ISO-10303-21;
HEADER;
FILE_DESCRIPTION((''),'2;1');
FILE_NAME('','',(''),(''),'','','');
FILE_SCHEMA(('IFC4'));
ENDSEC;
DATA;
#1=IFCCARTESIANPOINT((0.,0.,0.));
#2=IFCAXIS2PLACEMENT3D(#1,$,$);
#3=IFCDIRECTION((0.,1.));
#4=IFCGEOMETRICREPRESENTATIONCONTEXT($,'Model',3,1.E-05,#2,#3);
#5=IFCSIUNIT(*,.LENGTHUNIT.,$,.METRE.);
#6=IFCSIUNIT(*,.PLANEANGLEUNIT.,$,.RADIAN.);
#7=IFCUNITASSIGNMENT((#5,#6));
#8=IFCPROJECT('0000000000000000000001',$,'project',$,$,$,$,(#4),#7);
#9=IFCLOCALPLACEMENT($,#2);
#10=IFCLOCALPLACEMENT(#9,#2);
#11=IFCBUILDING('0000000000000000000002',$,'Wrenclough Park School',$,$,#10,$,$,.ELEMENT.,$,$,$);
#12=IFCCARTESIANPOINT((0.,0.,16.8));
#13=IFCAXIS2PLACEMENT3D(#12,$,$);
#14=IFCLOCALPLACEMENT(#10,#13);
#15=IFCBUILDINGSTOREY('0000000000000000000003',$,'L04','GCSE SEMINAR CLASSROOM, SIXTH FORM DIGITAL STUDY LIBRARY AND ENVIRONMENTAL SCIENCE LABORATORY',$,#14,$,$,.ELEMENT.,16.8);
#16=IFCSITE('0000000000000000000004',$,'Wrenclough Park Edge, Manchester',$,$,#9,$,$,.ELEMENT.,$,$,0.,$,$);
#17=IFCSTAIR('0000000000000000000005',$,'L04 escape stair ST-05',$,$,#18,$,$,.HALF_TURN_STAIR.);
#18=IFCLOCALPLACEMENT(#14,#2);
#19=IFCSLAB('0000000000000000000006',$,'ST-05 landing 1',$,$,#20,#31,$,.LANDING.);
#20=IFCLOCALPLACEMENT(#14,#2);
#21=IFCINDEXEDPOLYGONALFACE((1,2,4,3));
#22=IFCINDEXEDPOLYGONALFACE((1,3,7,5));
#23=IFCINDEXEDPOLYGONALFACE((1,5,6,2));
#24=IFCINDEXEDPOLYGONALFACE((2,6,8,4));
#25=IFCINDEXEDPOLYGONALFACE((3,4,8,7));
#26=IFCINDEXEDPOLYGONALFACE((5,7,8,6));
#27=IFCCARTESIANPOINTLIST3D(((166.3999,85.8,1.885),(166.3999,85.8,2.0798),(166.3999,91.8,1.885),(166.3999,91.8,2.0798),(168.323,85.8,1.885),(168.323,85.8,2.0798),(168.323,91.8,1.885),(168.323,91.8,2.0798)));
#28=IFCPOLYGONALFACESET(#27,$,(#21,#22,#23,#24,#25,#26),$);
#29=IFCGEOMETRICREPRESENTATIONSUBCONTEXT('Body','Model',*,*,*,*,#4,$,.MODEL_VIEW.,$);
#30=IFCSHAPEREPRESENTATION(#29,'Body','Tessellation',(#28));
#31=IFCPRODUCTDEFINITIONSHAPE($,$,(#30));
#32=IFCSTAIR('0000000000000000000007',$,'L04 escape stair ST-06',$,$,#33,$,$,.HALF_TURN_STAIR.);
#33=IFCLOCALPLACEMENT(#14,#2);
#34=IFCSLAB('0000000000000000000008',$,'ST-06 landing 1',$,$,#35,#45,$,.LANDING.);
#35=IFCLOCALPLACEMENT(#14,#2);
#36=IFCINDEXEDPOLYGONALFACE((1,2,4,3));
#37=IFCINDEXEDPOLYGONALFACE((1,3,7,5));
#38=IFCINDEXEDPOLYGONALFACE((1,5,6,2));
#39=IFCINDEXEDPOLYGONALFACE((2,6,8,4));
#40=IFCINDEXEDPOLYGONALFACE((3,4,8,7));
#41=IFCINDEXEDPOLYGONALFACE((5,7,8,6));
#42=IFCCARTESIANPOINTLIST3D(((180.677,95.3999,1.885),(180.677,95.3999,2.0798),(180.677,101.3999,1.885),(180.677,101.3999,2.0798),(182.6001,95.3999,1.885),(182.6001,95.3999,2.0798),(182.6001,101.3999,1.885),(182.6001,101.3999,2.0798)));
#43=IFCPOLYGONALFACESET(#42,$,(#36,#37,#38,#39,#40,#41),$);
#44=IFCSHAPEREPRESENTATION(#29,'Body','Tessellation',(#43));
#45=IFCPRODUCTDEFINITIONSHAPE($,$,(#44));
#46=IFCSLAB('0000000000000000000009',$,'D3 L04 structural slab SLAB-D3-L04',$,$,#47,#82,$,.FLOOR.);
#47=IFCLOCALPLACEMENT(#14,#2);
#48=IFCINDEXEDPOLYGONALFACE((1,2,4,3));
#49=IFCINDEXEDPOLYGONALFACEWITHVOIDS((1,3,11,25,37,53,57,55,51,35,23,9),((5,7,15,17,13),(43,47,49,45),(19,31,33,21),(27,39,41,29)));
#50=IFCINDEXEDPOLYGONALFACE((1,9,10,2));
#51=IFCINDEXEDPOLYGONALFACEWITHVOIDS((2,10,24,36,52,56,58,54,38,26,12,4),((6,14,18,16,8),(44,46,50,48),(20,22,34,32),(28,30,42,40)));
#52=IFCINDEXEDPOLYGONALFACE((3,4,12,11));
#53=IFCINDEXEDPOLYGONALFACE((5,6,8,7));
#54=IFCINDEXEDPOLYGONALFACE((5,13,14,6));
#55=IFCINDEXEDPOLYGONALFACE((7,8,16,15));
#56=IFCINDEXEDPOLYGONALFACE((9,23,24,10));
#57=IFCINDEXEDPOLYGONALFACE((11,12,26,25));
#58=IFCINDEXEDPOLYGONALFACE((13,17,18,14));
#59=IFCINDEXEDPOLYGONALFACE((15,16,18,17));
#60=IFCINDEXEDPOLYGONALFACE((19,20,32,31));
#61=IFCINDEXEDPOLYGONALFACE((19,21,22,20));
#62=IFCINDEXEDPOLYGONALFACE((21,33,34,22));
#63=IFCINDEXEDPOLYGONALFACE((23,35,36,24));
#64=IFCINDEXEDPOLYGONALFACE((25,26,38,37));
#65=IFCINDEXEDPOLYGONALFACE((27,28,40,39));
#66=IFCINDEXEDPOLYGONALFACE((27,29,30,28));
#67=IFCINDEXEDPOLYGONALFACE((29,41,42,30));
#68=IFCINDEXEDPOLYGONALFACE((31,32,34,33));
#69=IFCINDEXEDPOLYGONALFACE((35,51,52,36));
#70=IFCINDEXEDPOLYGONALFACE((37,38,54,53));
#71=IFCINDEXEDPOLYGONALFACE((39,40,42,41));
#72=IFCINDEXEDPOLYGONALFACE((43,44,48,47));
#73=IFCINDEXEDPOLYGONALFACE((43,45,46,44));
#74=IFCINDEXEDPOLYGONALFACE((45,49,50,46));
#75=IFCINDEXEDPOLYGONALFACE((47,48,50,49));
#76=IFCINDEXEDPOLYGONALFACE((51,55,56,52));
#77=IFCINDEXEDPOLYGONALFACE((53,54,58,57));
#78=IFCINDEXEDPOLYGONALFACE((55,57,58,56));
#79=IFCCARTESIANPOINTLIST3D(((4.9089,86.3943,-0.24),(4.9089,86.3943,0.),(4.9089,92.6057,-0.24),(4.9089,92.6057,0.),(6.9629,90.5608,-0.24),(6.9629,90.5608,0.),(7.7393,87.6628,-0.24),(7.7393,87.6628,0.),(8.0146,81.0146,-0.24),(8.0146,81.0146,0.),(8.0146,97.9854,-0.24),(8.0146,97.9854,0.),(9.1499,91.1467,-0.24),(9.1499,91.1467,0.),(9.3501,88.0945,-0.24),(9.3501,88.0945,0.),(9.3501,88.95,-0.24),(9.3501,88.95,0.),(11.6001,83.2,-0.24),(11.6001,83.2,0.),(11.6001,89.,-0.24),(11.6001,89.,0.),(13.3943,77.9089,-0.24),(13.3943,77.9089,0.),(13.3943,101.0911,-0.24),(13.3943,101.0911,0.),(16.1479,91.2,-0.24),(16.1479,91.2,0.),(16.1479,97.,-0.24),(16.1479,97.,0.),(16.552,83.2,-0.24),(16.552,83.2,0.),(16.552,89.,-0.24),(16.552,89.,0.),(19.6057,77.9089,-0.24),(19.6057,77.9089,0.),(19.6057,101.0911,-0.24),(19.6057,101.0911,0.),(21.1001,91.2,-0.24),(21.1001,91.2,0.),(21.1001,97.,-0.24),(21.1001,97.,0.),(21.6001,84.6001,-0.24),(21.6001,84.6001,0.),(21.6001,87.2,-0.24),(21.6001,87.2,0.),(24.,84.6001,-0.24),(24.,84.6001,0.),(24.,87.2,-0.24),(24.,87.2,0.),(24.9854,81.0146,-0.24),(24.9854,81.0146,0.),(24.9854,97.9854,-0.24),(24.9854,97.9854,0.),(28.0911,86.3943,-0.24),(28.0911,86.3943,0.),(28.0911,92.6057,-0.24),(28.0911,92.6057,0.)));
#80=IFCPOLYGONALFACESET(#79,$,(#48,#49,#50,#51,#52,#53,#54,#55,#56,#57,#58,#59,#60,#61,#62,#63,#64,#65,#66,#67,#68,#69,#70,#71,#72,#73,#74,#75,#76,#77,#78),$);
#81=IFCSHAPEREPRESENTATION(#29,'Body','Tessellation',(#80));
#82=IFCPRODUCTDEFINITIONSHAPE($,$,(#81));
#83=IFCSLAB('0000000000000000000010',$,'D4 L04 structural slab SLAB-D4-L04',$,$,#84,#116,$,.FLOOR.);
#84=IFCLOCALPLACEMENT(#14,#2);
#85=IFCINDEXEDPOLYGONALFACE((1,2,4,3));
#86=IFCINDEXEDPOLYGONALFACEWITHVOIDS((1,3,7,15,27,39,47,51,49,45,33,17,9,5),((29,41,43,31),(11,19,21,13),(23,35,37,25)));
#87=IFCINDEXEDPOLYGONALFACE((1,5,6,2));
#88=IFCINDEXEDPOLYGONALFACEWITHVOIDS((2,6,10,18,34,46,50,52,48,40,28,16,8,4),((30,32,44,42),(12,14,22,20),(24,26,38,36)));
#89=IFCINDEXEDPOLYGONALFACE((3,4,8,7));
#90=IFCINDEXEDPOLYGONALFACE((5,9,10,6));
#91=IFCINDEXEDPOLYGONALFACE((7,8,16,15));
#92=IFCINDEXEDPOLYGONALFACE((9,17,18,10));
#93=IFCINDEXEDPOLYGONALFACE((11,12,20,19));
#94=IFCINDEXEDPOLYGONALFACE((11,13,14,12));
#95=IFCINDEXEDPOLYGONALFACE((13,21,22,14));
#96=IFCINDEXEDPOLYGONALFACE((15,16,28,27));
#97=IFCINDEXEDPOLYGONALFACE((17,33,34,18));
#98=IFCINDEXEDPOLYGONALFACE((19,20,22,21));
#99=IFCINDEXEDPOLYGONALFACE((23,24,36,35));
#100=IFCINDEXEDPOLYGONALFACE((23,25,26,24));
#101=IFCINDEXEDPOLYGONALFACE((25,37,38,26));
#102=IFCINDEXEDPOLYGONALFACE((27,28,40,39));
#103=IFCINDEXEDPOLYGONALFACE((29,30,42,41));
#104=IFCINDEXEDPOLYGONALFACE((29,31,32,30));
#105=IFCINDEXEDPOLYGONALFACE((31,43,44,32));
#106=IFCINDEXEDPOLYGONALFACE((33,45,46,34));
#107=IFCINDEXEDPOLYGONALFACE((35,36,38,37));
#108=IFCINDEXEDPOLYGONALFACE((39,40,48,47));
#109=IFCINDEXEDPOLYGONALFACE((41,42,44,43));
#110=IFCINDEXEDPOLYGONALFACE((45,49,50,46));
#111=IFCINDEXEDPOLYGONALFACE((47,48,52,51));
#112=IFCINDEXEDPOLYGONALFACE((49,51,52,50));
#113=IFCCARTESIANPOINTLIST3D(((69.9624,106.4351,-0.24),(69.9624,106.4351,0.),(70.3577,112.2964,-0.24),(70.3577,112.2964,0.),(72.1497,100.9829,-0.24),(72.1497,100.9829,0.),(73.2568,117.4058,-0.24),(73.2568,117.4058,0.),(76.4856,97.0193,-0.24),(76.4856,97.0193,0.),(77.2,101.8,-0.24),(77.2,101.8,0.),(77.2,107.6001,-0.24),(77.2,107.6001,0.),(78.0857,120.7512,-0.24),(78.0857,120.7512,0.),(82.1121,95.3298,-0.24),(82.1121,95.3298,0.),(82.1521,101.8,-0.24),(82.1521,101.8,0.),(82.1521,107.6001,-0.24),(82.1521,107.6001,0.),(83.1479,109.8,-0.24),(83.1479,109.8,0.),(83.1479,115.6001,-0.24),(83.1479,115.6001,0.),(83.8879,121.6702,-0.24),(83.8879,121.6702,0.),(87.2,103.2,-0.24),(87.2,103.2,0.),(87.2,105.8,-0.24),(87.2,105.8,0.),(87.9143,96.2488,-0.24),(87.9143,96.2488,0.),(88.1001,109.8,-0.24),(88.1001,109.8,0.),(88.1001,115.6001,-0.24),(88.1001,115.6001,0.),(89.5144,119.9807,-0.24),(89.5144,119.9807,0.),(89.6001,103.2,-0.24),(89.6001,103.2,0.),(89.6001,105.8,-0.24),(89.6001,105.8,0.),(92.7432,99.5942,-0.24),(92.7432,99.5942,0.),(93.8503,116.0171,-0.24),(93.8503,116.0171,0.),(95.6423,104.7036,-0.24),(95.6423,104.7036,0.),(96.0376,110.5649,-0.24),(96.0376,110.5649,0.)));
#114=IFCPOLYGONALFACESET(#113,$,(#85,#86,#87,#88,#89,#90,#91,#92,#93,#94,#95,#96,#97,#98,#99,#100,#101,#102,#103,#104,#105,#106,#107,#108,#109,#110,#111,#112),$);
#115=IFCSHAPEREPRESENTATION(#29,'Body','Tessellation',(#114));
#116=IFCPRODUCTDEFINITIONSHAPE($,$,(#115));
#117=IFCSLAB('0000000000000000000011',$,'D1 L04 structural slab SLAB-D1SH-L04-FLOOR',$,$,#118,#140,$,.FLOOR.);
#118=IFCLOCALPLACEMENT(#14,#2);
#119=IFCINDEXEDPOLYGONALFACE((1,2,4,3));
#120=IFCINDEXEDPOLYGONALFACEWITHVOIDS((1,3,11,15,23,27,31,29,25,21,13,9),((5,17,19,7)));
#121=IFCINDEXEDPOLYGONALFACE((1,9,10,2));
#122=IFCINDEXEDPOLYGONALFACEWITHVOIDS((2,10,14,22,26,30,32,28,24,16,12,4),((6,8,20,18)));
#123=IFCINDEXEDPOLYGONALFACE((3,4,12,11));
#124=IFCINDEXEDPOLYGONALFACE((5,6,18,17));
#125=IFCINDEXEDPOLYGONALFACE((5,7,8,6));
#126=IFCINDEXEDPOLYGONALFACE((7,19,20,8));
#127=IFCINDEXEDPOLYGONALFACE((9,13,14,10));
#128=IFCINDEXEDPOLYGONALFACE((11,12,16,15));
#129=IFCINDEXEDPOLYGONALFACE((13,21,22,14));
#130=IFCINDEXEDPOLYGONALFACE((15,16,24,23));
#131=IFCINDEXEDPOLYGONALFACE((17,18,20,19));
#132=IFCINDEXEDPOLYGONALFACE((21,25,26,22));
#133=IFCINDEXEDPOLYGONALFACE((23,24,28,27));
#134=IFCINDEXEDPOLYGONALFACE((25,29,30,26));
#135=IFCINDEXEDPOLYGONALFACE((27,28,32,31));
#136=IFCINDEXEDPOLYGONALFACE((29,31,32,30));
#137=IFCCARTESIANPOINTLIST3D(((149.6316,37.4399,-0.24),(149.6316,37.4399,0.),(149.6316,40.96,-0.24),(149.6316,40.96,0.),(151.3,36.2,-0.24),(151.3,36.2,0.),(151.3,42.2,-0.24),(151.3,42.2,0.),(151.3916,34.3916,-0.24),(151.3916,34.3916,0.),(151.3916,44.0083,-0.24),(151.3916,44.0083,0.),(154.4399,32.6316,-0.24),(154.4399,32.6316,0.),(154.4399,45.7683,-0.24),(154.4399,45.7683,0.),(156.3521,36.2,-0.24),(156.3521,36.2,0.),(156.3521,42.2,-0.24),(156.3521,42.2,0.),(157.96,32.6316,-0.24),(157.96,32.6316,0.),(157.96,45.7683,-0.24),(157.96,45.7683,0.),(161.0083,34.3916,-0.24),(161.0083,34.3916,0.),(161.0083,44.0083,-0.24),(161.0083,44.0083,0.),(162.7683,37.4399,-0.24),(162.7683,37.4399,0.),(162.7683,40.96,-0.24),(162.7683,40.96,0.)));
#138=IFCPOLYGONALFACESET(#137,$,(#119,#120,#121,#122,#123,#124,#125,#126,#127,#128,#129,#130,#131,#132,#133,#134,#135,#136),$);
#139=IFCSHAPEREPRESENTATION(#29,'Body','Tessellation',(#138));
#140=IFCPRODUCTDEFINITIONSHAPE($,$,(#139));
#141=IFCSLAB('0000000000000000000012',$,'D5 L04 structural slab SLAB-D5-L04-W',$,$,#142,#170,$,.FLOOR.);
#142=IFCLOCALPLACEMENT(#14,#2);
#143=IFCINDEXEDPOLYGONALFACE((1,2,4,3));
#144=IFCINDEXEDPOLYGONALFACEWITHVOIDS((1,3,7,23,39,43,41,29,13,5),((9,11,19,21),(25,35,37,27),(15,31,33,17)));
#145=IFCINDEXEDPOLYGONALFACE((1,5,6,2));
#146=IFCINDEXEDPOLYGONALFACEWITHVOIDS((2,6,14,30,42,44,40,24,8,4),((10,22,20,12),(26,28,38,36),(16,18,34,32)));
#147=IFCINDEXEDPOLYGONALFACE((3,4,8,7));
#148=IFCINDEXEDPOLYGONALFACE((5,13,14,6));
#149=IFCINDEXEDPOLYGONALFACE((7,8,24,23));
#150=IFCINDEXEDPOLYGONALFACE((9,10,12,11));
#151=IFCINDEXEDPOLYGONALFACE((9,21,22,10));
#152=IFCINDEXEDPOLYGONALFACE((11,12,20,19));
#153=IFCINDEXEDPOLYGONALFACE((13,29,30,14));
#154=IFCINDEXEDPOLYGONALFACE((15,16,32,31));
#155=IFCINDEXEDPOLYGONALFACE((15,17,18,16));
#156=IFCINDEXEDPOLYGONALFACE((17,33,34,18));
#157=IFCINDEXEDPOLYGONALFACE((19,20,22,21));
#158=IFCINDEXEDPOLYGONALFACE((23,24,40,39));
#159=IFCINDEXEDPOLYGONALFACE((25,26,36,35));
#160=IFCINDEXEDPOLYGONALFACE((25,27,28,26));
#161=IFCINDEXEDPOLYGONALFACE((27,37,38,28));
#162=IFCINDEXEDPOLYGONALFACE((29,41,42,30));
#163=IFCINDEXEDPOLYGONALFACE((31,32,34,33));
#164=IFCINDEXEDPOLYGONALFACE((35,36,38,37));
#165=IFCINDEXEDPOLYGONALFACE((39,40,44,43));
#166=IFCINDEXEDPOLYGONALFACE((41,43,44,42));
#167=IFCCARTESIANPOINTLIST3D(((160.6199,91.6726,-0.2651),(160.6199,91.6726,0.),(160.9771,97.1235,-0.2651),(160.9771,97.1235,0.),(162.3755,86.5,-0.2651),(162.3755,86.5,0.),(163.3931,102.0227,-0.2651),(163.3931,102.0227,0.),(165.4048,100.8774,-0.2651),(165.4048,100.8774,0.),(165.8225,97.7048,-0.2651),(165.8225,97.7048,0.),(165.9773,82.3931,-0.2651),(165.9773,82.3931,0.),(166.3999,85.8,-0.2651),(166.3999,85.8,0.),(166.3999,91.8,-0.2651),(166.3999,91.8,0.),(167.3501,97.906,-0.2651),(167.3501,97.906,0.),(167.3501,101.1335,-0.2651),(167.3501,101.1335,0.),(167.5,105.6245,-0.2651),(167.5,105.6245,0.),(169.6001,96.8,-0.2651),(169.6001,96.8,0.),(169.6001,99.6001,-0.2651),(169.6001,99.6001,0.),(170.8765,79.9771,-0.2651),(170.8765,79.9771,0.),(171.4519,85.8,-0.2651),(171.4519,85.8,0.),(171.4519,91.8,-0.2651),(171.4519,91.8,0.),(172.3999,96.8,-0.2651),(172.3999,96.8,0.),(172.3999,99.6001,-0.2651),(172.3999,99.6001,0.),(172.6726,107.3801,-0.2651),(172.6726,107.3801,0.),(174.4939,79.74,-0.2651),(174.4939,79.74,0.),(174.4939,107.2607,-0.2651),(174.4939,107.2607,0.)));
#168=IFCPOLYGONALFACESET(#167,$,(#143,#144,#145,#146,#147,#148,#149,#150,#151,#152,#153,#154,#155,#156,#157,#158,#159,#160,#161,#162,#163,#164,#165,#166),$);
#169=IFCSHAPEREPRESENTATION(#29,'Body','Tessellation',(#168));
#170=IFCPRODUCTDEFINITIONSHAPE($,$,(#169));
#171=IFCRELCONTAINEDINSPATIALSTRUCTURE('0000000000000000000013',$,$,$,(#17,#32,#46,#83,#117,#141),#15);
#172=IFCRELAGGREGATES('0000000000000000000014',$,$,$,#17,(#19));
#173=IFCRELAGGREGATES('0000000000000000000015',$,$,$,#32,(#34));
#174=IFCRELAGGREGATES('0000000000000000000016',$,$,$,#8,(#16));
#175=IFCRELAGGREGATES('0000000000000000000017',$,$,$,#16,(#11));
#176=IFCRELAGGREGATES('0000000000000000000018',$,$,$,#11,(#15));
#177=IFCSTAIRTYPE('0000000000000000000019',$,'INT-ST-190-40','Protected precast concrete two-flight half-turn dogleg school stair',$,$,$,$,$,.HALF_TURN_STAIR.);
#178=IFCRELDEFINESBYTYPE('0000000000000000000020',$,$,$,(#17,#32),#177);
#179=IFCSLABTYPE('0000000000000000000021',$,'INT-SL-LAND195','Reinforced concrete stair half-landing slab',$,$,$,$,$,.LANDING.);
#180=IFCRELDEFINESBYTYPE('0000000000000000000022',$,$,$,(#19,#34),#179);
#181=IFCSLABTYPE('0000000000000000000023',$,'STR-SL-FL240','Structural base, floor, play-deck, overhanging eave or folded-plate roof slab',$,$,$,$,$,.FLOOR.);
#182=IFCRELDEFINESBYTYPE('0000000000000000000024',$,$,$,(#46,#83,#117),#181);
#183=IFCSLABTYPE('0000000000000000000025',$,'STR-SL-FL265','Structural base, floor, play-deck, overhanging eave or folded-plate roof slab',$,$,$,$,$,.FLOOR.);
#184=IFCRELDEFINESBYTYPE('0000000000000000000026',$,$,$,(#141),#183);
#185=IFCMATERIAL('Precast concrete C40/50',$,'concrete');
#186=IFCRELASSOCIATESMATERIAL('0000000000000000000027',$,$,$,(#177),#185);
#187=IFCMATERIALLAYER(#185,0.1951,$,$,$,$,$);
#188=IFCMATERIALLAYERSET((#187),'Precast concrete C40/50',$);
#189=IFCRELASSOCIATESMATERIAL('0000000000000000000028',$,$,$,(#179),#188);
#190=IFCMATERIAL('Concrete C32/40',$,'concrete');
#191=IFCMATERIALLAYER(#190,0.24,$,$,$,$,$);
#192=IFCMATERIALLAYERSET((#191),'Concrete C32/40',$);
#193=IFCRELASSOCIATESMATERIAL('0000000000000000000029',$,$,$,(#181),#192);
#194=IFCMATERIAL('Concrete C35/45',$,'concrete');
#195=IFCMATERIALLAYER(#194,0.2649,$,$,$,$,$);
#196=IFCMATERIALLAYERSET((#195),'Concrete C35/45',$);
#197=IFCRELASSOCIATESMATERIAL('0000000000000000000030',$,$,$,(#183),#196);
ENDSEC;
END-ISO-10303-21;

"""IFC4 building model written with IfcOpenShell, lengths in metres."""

from ifc_helpers import new_model, si_unit, direction, frame, origin, place, context, subcontext, project, spatial, polyline, outline, extrude, material, layer, layer_set, type_object, element, aggregate, save


model = new_model("IFC4")

# Units and contexts
model_context = context("Model", 3, precision=1e-05, world=origin(), true_north=direction((0.0, 1.0)))
body_context = subcontext(model_context, "Body", "Model", "MODEL_VIEW")
ifc_project = project(units=[si_unit("LENGTHUNIT", "METRE"), si_unit("PLANEANGLEUNIT", "RADIAN")], contexts=[model_context])

# Site, building, storey
site_placement = place(None, origin())
site = spatial("IfcSite", under=ifc_project, at=site_placement, Name="Wrenclough Park Edge, Manchester", CompositionType="ELEMENT", RefElevation=0.0)
building_placement = place(site_placement, origin())
building = spatial("IfcBuilding", under=site, at=building_placement, Name="Wrenclough Park School", CompositionType="ELEMENT")
storey_placement = place(building_placement, frame((0.0, 0.0, 16.8)))
storey = spatial("IfcBuildingStorey", under=building, at=storey_placement, Name="L04", Description="GCSE SEMINAR CLASSROOM, SIXTH FORM DIGITAL STUDY LIBRARY AND ENVIRONMENTAL SCIENCE LABORATORY", CompositionType="ELEMENT", Elevation=16.8)

# Stairs, slabs
ifc_material_1 = material(Name="Precast concrete C40/50", Category="concrete")
stair_type = type_object("IfcStairType", Name="INT-ST-190-40", Description="Protected precast concrete two-flight half-turn dogleg school stair", PredefinedType="HALF_TURN_STAIR", material=ifc_material_1)
stair_1_placement = place(storey_placement, origin())
stair_1 = element("IfcStair", 1, at=stair_1_placement, inside=storey, type_object=stair_type, Name="L04 escape stair ST-05", PredefinedType="HALF_TURN_STAIR")
ifc_layer_1 = layer(ifc_material_1, 0.1951)
ifc_layer_set_1 = layer_set([ifc_layer_1], Name="Precast concrete C40/50")
slab_type_1 = type_object("IfcSlabType", Name="INT-SL-LAND195", Description="Reinforced concrete stair half-landing slab", PredefinedType="LANDING", material=ifc_layer_set_1)
slab_1_placement = place(storey_placement, frame((0.0, 0.0, 1.885)))
slab_1 = element("IfcSlab", 2, at=slab_1_placement, type_object=slab_type_1, Name="ST-05 landing 1", PredefinedType="LANDING", context=body_context, shape_type="SweptSolid", body=[
    extrude(outline(polyline([(166.3999, 85.8), (168.323, 85.8), (168.323, 91.8), (166.3999, 91.8), (166.3999, 85.8)])), origin(), (0.0, 0.0, 1.0), 0.1948),
])
aggregate(stair_1, [slab_1])
stair_2_placement = place(storey_placement, origin())
stair_2 = element("IfcStair", 3, at=stair_2_placement, inside=storey, type_object=stair_type, Name="L04 escape stair ST-06", PredefinedType="HALF_TURN_STAIR")
slab_2_placement = place(storey_placement, frame((0.0, 0.0, 1.885)))
slab_2 = element("IfcSlab", 4, at=slab_2_placement, type_object=slab_type_1, Name="ST-06 landing 1", PredefinedType="LANDING", context=body_context, shape_type="SweptSolid", body=[
    extrude(outline(polyline([(180.677, 95.3999), (182.6001, 95.3999), (182.6001, 101.3999), (180.677, 101.3999), (180.677, 95.3999)])), origin(), (0.0, 0.0, 1.0), 0.1948),
])
aggregate(stair_2, [slab_2])

# Slabs
ifc_material_2 = material(Name="Concrete C32/40", Category="concrete")
ifc_layer_2 = layer(ifc_material_2, 0.24)
ifc_layer_set_2 = layer_set([ifc_layer_2], Name="Concrete C32/40")
slab_type_2 = type_object("IfcSlabType", Name="STR-SL-FL240", Description="Structural base, floor, play-deck, overhanging eave or folded-plate roof slab", PredefinedType="FLOOR", material=ifc_layer_set_2)
slab_3_placement = place(storey_placement, frame((0.0, 0.0, -0.24)))
element("IfcSlab", 5, at=slab_3_placement, inside=storey, type_object=slab_type_2, Name="D3 L04 structural slab SLAB-D3-L04", PredefinedType="FLOOR", context=body_context, shape_type="SweptSolid", body=[
    extrude(outline(polyline([(28.0911, 92.6057), (24.9854, 97.9854), (19.6057, 101.0911), (13.3943, 101.0911), (8.0146, 97.9854), (4.9089, 92.6057), (4.9089, 86.3943), (8.0146, 81.0146), (13.3943, 77.9089), (19.6057, 77.9089), (24.9854, 81.0146), (28.0911, 86.3943), (28.0911, 92.6057)]), holes=[polyline([(7.7393, 87.6628), (9.3501, 88.0945), (9.3501, 88.95), (9.1499, 91.1467), (6.9629, 90.5608), (7.7393, 87.6628)]), polyline([(11.6001, 83.2), (16.552, 83.2), (16.552, 89.0), (11.6001, 89.0), (11.6001, 83.2)]), polyline([(21.6001, 84.6001), (24.0, 84.6001), (24.0, 87.2), (21.6001, 87.2), (21.6001, 84.6001)]), polyline([(16.1479, 91.2), (21.1001, 91.2), (21.1001, 97.0), (16.1479, 97.0), (16.1479, 91.2)])]), origin(), (0.0, 0.0, 1.0), 0.24),
])
slab_4_placement = place(storey_placement, frame((0.0, 0.0, -0.24)))
element("IfcSlab", 6, at=slab_4_placement, inside=storey, type_object=slab_type_2, Name="D4 L04 structural slab SLAB-D4-L04", PredefinedType="FLOOR", context=body_context, shape_type="SweptSolid", body=[
    extrude(outline(polyline([(96.0376, 110.5649), (93.8503, 116.0171), (89.5144, 119.9807), (83.8879, 121.6702), (78.0857, 120.7512), (73.2568, 117.4058), (70.3577, 112.2964), (69.9624, 106.4351), (72.1497, 100.9829), (76.4856, 97.0193), (82.1121, 95.3298), (87.9143, 96.2488), (92.7432, 99.5942), (95.6423, 104.7036), (96.0376, 110.5649)]), holes=[polyline([(77.2, 101.8), (82.1521, 101.8), (82.1521, 107.6001), (77.2, 107.6001), (77.2, 101.8)]), polyline([(87.2, 103.2), (89.6001, 103.2), (89.6001, 105.8), (87.2, 105.8), (87.2, 103.2)]), polyline([(83.1479, 109.8), (88.1001, 109.8), (88.1001, 115.6001), (83.1479, 115.6001), (83.1479, 109.8)])]), origin(), (0.0, 0.0, 1.0), 0.24),
])
slab_5_placement = place(storey_placement, frame((0.0, 0.0, -0.24)))
element("IfcSlab", 7, at=slab_5_placement, inside=storey, type_object=slab_type_2, Name="D1 L04 structural slab SLAB-D1SH-L04-FLOOR", PredefinedType="FLOOR", context=body_context, shape_type="SweptSolid", body=[
    extrude(outline(polyline([(162.7683, 40.96), (161.0083, 44.0083), (157.96, 45.7683), (154.4399, 45.7683), (151.3916, 44.0083), (149.6316, 40.96), (149.6316, 37.4399), (151.3916, 34.3916), (154.4399, 32.6316), (157.96, 32.6316), (161.0083, 34.3916), (162.7683, 37.4399), (162.7683, 40.96)]), holes=[polyline([(151.3, 36.2), (156.3521, 36.2), (156.3521, 42.2), (151.3, 42.2), (151.3, 36.2)])]), origin(), (0.0, 0.0, 1.0), 0.24),
])
ifc_material_3 = material(Name="Concrete C35/45", Category="concrete")
ifc_layer_3 = layer(ifc_material_3, 0.2649)
ifc_layer_set_3 = layer_set([ifc_layer_3], Name="Concrete C35/45")
slab_type_3 = type_object("IfcSlabType", Name="STR-SL-FL265", Description="Structural base, floor, play-deck, overhanging eave or folded-plate roof slab", PredefinedType="FLOOR", material=ifc_layer_set_3)
slab_6_placement = place(storey_placement, frame((0.0, 0.0, -0.2651)))
element("IfcSlab", 8, at=slab_6_placement, inside=storey, type_object=slab_type_3, Name="D5 L04 structural slab SLAB-D5-L04-W", PredefinedType="FLOOR", context=body_context, shape_type="SweptSolid", body=[
    extrude(outline(polyline([(170.8765, 79.9771), (174.4939, 79.74), (174.4939, 107.2607), (172.6726, 107.3801), (167.5, 105.6245), (163.3931, 102.0227), (160.9771, 97.1235), (160.6199, 91.6726), (162.3755, 86.5), (165.9773, 82.3931), (170.8765, 79.9771)]), holes=[polyline([(165.8225, 97.7048), (167.3501, 97.906), (167.3501, 101.1335), (165.4048, 100.8774), (165.8225, 97.7048)]), polyline([(166.3999, 85.8), (171.4519, 85.8), (171.4519, 91.8), (166.3999, 91.8), (166.3999, 85.8)]), polyline([(169.6001, 96.8), (172.3999, 96.8), (172.3999, 99.6001), (169.6001, 99.6001), (169.6001, 96.8)])]), origin(), (0.0, 0.0, 1.0), 0.2651),
])

save(model, "model.ifc")
